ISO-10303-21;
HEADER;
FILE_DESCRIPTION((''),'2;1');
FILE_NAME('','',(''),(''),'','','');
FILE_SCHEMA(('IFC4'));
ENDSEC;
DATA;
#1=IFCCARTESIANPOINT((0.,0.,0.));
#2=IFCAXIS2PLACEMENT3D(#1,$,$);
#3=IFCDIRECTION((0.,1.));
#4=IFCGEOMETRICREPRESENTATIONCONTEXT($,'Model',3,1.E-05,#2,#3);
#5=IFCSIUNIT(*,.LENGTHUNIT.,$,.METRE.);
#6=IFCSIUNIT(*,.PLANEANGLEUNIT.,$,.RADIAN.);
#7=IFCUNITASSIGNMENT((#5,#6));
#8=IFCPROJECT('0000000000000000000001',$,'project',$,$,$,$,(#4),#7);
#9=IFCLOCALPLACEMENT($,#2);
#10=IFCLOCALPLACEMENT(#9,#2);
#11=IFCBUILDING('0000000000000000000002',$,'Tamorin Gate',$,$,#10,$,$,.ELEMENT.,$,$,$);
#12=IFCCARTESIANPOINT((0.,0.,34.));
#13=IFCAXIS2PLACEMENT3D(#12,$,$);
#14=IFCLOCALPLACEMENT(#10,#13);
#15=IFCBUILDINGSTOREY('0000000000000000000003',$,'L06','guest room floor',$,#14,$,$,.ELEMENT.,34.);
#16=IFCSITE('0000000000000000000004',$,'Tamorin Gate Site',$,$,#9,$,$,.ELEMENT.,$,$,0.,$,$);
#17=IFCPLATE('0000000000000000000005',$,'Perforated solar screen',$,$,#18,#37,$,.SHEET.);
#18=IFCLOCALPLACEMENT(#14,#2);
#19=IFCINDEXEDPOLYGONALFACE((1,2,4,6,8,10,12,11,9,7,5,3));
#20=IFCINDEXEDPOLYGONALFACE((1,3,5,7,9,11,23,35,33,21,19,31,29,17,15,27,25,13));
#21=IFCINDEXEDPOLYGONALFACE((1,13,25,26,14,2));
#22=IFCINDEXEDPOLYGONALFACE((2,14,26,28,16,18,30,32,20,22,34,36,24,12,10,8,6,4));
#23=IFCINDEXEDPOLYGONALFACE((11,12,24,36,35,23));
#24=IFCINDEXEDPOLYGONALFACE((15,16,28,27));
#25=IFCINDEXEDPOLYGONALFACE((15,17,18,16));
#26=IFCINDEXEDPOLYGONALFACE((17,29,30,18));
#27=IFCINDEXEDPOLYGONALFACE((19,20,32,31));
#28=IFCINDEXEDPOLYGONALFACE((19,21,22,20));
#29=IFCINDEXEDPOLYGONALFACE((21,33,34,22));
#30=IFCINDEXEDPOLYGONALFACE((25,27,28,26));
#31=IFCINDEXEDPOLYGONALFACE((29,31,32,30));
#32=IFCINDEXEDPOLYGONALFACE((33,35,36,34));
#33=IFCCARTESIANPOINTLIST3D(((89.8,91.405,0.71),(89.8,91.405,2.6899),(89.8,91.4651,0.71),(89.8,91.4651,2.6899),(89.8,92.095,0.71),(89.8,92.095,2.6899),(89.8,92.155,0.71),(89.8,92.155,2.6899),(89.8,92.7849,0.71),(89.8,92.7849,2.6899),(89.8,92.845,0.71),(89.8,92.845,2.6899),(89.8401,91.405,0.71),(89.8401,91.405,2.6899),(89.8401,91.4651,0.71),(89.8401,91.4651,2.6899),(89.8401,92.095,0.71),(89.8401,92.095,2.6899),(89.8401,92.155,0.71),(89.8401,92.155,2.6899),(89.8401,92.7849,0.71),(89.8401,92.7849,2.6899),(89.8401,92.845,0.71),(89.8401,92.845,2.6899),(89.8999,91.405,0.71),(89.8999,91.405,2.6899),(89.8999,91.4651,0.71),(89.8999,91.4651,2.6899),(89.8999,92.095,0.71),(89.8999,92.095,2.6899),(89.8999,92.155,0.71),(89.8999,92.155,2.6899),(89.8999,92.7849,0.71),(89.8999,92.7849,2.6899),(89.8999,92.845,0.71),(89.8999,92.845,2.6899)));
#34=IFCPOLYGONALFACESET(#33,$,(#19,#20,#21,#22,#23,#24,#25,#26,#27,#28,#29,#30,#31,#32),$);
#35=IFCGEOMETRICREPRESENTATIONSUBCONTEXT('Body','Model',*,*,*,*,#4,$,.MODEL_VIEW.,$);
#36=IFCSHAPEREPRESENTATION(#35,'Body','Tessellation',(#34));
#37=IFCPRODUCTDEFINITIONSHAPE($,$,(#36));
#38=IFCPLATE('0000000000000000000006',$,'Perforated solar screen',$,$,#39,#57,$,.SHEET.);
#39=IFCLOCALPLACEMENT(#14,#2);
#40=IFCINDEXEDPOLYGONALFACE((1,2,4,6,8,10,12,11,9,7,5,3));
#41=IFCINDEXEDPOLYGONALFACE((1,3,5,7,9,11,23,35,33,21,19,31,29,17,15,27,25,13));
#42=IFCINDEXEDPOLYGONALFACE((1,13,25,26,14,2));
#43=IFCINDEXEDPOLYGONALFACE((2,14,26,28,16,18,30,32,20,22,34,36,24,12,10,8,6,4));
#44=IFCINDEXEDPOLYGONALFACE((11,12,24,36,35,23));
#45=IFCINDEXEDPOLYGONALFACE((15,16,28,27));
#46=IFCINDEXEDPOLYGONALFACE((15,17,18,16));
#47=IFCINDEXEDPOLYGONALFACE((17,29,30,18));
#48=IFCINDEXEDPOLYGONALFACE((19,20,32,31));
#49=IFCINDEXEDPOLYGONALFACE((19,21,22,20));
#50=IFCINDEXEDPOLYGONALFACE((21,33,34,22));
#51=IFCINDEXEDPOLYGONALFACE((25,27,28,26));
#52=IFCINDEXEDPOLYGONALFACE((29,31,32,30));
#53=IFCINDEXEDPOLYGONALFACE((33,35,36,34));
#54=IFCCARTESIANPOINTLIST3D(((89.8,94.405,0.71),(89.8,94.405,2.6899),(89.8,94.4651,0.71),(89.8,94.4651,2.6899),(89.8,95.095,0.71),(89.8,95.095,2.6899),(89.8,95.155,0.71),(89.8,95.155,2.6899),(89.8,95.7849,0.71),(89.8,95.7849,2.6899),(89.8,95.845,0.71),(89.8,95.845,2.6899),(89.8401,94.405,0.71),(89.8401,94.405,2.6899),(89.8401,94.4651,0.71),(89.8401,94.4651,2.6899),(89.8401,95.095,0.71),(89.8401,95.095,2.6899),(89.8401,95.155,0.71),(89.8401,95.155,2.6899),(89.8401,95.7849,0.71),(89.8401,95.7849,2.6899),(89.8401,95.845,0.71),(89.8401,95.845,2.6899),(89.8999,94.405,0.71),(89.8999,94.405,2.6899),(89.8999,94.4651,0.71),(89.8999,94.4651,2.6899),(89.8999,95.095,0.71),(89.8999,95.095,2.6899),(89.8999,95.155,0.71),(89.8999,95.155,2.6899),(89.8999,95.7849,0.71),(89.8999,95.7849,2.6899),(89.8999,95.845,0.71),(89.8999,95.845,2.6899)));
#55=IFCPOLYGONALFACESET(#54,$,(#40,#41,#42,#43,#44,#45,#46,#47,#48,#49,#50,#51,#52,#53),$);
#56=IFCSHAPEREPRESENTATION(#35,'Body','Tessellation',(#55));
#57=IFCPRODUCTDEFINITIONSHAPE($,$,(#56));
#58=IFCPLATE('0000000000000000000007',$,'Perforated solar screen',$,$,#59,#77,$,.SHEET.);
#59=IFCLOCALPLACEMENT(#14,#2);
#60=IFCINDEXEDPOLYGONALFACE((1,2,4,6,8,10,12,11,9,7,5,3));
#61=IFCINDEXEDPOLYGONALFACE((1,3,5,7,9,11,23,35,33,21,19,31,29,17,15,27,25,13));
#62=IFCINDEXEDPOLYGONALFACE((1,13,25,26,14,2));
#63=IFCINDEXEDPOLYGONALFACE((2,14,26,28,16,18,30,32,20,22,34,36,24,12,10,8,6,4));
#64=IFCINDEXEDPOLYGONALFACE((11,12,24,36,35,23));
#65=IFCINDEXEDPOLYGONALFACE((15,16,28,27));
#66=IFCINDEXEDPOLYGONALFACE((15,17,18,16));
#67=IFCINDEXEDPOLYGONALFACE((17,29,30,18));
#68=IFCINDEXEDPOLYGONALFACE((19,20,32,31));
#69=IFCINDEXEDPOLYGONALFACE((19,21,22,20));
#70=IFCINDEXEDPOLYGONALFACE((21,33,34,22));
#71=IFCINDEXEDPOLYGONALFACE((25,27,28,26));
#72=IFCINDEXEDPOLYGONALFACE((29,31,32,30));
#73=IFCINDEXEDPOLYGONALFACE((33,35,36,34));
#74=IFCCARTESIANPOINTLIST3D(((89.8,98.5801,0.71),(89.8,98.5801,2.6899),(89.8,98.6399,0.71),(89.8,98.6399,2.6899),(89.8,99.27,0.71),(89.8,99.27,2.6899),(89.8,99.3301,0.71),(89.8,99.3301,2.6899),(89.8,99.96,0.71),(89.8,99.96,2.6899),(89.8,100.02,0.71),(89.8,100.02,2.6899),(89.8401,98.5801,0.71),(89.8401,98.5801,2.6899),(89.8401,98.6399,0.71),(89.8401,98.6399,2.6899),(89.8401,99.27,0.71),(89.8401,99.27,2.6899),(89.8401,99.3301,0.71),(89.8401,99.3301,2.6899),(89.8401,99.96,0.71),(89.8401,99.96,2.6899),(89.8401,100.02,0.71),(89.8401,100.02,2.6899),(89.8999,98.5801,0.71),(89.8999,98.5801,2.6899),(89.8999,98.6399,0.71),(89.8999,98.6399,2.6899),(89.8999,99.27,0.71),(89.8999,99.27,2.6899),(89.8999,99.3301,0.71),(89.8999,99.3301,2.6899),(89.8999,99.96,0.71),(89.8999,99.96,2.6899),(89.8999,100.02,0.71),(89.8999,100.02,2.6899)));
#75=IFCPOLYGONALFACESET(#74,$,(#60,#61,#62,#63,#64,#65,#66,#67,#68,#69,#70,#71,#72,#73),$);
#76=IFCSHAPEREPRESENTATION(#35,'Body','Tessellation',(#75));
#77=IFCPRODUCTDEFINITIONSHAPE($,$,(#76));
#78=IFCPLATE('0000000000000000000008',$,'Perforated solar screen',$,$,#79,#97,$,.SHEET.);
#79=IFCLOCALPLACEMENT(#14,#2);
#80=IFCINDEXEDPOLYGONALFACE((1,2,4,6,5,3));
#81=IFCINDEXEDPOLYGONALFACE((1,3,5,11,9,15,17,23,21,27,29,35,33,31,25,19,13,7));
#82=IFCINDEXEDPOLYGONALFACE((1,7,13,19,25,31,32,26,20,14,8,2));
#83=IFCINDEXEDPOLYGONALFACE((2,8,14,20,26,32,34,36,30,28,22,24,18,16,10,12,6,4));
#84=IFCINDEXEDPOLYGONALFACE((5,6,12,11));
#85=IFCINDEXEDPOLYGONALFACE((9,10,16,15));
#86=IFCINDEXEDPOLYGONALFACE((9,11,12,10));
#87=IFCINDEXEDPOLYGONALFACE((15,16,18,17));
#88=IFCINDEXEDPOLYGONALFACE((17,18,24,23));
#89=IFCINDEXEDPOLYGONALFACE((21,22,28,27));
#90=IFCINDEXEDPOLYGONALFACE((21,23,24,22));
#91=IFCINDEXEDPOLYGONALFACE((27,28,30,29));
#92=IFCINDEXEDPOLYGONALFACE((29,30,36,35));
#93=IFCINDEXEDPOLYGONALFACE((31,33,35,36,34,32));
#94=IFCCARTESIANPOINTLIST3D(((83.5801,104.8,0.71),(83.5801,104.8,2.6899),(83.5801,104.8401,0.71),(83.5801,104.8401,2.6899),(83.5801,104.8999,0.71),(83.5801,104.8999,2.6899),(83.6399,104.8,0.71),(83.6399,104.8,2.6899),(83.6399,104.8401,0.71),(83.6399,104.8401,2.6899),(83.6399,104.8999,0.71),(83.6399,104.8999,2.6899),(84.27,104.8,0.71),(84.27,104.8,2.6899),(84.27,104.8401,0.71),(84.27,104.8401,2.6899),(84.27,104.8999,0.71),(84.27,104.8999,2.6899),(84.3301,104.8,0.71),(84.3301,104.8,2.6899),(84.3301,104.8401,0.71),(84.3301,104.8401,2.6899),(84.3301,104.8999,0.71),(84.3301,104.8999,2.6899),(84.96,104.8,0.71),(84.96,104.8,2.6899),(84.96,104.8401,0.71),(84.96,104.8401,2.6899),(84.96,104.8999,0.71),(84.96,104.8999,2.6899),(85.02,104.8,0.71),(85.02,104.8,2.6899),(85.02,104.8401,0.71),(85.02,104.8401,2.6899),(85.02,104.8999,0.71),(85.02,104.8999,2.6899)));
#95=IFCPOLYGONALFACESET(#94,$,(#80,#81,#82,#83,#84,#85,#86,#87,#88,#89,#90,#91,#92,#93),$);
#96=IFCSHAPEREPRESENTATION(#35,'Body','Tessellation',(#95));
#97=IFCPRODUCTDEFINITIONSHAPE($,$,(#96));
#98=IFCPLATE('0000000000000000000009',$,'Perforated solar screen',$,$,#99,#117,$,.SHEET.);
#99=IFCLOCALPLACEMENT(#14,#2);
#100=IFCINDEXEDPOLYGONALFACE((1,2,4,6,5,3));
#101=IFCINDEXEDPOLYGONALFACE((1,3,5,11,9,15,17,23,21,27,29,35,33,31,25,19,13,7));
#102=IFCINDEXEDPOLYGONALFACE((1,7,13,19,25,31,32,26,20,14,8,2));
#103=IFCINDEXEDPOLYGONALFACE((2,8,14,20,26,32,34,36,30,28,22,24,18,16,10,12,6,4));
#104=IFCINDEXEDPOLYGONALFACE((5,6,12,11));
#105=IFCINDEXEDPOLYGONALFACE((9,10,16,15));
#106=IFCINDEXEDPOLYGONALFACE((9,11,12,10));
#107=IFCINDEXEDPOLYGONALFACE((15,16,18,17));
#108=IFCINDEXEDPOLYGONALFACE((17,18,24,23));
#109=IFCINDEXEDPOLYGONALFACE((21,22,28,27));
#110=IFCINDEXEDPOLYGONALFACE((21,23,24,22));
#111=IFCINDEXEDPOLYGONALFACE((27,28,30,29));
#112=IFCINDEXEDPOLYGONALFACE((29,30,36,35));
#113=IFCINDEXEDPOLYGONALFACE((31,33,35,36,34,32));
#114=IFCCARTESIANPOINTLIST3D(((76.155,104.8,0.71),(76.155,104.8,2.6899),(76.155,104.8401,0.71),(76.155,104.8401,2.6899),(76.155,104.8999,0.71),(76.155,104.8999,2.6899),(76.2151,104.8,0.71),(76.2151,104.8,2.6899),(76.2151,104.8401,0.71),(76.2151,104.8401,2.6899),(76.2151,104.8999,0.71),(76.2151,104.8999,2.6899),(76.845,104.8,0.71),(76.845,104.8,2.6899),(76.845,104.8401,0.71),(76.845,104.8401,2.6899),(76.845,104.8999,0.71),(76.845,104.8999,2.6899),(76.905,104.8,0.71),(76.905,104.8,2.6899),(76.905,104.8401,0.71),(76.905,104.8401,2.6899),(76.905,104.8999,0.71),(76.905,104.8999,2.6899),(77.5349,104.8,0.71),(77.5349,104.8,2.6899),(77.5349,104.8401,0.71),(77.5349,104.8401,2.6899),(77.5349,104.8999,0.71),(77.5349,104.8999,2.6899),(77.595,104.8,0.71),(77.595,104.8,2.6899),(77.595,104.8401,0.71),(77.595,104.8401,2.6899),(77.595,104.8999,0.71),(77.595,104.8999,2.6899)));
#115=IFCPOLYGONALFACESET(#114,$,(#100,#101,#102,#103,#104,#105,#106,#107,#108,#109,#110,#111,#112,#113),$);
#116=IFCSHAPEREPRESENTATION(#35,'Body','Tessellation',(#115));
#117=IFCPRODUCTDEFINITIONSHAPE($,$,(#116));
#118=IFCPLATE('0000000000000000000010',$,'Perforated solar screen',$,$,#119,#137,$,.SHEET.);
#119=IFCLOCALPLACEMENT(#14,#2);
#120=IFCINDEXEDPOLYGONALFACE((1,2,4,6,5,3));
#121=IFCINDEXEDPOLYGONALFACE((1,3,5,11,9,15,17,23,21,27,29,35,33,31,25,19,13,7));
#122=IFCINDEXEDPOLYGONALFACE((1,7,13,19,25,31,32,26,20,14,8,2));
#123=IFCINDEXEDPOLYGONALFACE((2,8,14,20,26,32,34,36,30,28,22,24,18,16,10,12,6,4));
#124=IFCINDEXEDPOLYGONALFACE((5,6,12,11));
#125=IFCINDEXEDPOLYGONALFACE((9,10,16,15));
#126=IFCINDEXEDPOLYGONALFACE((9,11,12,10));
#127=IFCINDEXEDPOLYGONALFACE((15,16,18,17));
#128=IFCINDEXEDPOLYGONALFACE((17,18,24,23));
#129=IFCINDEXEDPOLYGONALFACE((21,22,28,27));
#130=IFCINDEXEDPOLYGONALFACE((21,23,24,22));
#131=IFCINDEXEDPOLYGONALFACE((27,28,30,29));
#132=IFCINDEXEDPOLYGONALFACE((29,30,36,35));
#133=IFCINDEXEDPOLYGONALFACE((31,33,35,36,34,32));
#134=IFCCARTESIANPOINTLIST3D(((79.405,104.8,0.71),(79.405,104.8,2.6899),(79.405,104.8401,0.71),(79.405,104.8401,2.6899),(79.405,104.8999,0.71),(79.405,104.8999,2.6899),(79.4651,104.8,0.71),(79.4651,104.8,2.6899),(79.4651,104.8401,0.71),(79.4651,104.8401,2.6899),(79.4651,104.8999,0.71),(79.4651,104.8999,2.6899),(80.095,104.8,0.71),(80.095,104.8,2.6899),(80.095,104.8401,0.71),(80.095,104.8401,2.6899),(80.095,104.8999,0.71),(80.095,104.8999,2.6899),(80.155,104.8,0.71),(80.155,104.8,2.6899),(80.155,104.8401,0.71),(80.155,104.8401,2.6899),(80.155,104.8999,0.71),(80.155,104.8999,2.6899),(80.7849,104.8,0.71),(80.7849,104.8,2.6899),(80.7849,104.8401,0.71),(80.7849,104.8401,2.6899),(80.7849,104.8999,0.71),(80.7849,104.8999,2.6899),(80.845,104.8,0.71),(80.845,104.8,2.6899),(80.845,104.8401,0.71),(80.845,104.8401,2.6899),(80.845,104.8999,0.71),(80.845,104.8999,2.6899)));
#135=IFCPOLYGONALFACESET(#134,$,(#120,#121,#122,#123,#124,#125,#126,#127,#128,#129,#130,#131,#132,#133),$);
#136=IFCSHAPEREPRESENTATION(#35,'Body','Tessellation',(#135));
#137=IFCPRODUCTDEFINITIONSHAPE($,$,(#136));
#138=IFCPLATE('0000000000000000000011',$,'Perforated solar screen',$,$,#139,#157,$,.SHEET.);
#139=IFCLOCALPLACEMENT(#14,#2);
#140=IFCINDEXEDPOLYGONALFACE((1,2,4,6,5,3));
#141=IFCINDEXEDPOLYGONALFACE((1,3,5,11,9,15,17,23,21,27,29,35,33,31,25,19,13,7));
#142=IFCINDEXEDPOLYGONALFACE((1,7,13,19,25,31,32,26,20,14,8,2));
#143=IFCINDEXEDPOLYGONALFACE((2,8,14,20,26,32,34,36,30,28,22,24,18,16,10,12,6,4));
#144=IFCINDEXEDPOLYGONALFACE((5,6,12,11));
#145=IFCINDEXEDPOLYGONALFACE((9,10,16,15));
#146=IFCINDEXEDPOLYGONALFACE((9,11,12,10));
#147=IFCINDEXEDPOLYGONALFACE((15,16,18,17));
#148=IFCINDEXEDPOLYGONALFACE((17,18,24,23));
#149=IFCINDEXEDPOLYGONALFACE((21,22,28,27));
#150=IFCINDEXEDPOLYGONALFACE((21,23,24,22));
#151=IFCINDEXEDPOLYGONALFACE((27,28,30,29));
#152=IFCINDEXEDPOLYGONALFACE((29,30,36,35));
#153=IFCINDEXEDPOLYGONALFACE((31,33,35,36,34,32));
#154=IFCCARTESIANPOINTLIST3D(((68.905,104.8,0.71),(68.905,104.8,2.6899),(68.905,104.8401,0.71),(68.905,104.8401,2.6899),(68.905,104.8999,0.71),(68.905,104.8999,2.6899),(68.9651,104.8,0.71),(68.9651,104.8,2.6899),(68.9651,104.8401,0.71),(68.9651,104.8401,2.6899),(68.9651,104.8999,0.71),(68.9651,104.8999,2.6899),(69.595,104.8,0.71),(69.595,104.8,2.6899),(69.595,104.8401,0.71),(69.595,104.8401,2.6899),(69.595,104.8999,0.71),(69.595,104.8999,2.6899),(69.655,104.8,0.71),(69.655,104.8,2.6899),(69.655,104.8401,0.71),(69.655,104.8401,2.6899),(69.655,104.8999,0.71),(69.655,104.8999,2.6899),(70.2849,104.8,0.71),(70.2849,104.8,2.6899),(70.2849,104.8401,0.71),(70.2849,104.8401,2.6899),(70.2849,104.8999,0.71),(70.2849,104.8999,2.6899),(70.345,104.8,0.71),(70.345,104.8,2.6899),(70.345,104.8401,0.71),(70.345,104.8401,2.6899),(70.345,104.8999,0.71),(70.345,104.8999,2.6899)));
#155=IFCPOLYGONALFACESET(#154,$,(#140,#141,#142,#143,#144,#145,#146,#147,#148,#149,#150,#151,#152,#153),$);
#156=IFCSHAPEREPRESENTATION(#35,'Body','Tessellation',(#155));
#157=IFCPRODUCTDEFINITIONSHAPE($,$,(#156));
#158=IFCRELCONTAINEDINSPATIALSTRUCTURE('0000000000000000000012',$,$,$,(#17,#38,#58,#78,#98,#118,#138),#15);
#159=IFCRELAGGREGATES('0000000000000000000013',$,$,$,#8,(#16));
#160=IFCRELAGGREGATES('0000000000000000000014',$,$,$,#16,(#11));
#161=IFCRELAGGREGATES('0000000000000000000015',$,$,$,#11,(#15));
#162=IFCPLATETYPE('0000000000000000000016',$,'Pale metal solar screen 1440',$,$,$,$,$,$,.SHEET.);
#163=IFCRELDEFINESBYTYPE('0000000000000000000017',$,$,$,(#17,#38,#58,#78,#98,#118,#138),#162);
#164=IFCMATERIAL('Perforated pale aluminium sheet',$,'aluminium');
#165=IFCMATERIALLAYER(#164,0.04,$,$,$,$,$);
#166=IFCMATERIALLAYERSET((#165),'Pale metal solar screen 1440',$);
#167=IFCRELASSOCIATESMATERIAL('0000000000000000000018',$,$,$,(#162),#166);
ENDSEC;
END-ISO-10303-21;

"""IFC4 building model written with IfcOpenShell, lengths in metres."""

from ifc_helpers import new_model, si_unit, direction, frame, origin, place, context, subcontext, project, spatial, polyline, outline, extrude, material, layer, layer_set, type_object, element, save


model = new_model("IFC4")

# Units and contexts
model_context = context("Model", 3, precision=1e-05, world=origin(), true_north=direction((0.0, 1.0)))
body_context = subcontext(model_context, "Body", "Model", "MODEL_VIEW")
ifc_project = project(units=[si_unit("LENGTHUNIT", "METRE"), si_unit("PLANEANGLEUNIT", "RADIAN")], contexts=[model_context])

# Site, building, storey
site_placement = place(None, origin())
site = spatial("IfcSite", under=ifc_project, at=site_placement, Name="Tamorin Gate Site", CompositionType="ELEMENT", RefElevation=0.0)
building_placement = place(site_placement, origin())
building = spatial("IfcBuilding", under=site, at=building_placement, Name="Tamorin Gate", CompositionType="ELEMENT")
storey_placement = place(building_placement, frame((0.0, 0.0, 34.0)))
storey = spatial("IfcBuildingStorey", under=building, at=storey_placement, Name="L06", Description="guest room floor", CompositionType="ELEMENT", Elevation=34.0)

# Plates
ifc_material = material(Name="Perforated pale aluminium sheet", Category="aluminium")
ifc_layer = layer(ifc_material, 0.04)
ifc_layer_set = layer_set([ifc_layer], Name="Pale metal solar screen 1440")
plate_type = type_object("IfcPlateType", Name="Pale metal solar screen 1440", PredefinedType="SHEET", material=ifc_layer_set)
plate_1_placement = place(storey_placement, frame((0.0, 0.0, 0.71)))
element("IfcPlate", 1, at=plate_1_placement, inside=storey, type_object=plate_type, Name="Perforated solar screen", PredefinedType="SHEET", context=body_context, shape_type="SweptSolid", body=[
    extrude(outline(polyline([(89.8401, 91.405), (89.8, 91.405), (89.8, 91.4651), (89.8, 92.095), (89.8, 92.155), (89.8, 92.7849), (89.8, 92.845), (89.8401, 92.845), (89.8999, 92.845), (89.8999, 92.7849), (89.8401, 92.7849), (89.8401, 92.155), (89.8999, 92.155), (89.8999, 92.095), (89.8401, 92.095), (89.8401, 91.4651), (89.8999, 91.4651), (89.8999, 91.405), (89.8401, 91.405)])), origin(), (0.0, 0.0, 1.0), 1.98),
])
plate_2_placement = place(storey_placement, frame((0.0, 0.0, 0.71)))
element("IfcPlate", 2, at=plate_2_placement, inside=storey, type_object=plate_type, Name="Perforated solar screen", PredefinedType="SHEET", context=body_context, shape_type="SweptSolid", body=[
    extrude(outline(polyline([(89.8401, 94.405), (89.8, 94.405), (89.8, 94.4651), (89.8, 95.095), (89.8, 95.155), (89.8, 95.7849), (89.8, 95.845), (89.8401, 95.845), (89.8999, 95.845), (89.8999, 95.7849), (89.8401, 95.7849), (89.8401, 95.155), (89.8999, 95.155), (89.8999, 95.095), (89.8401, 95.095), (89.8401, 94.4651), (89.8999, 94.4651), (89.8999, 94.405), (89.8401, 94.405)])), origin(), (0.0, 0.0, 1.0), 1.98),
])
plate_3_placement = place(storey_placement, frame((0.0, 0.0, 0.71)))
element("IfcPlate", 3, at=plate_3_placement, inside=storey, type_object=plate_type, Name="Perforated solar screen", PredefinedType="SHEET", context=body_context, shape_type="SweptSolid", body=[
    extrude(outline(polyline([(89.8401, 98.5801), (89.8, 98.5801), (89.8, 98.6399), (89.8, 99.27), (89.8, 99.3301), (89.8, 99.96), (89.8, 100.02), (89.8401, 100.02), (89.8999, 100.02), (89.8999, 99.96), (89.8401, 99.96), (89.8401, 99.3301), (89.8999, 99.3301), (89.8999, 99.27), (89.8401, 99.27), (89.8401, 98.6399), (89.8999, 98.6399), (89.8999, 98.5801), (89.8401, 98.5801)])), origin(), (0.0, 0.0, 1.0), 1.98),
])
plate_4_placement = place(storey_placement, frame((0.0, 0.0, 0.71)))
element("IfcPlate", 4, at=plate_4_placement, inside=storey, type_object=plate_type, Name="Perforated solar screen", PredefinedType="SHEET", context=body_context, shape_type="SweptSolid", body=[
    extrude(outline(polyline([(85.02, 104.8401), (85.02, 104.8), (84.96, 104.8), (84.3301, 104.8), (84.27, 104.8), (83.6399, 104.8), (83.5801, 104.8), (83.5801, 104.8401), (83.5801, 104.8999), (83.6399, 104.8999), (83.6399, 104.8401), (84.27, 104.8401), (84.27, 104.8999), (84.3301, 104.8999), (84.3301, 104.8401), (84.96, 104.8401), (84.96, 104.8999), (85.02, 104.8999), (85.02, 104.8401)])), origin(), (0.0, 0.0, 1.0), 1.98),
])
plate_5_placement = place(storey_placement, frame((0.0, 0.0, 0.71)))
element("IfcPlate", 5, at=plate_5_placement, inside=storey, type_object=plate_type, Name="Perforated solar screen", PredefinedType="SHEET", context=body_context, shape_type="SweptSolid", body=[
    extrude(outline(polyline([(77.595, 104.8401), (77.595, 104.8), (77.5349, 104.8), (76.905, 104.8), (76.845, 104.8), (76.2151, 104.8), (76.155, 104.8), (76.155, 104.8401), (76.155, 104.8999), (76.2151, 104.8999), (76.2151, 104.8401), (76.845, 104.8401), (76.845, 104.8999), (76.905, 104.8999), (76.905, 104.8401), (77.5349, 104.8401), (77.5349, 104.8999), (77.595, 104.8999), (77.595, 104.8401)])), origin(), (0.0, 0.0, 1.0), 1.98),
])
plate_6_placement = place(storey_placement, frame((0.0, 0.0, 0.71)))
element("IfcPlate", 6, at=plate_6_placement, inside=storey, type_object=plate_type, Name="Perforated solar screen", PredefinedType="SHEET", context=body_context, shape_type="SweptSolid", body=[
    extrude(outline(polyline([(80.845, 104.8401), (80.845, 104.8), (80.7849, 104.8), (80.155, 104.8), (80.095, 104.8), (79.4651, 104.8), (79.405, 104.8), (79.405, 104.8), (79.405, 104.8401), (79.405, 104.8401), (79.405, 104.8999), (79.4651, 104.8999), (79.4651, 104.8401), (80.095, 104.8401), (80.095, 104.8999), (80.155, 104.8999), (80.155, 104.8401), (80.7849, 104.8401), (80.7849, 104.8999), (80.845, 104.8999), (80.845, 104.8401)])), origin(), (0.0, 0.0, 1.0), 1.98),
])
plate_7_placement = place(storey_placement, frame((0.0, 0.0, 0.71)))
element("IfcPlate", 7, at=plate_7_placement, inside=storey, type_object=plate_type, Name="Perforated solar screen", PredefinedType="SHEET", context=body_context, shape_type="SweptSolid", body=[
    extrude(outline(polyline([(70.345, 104.8401), (70.345, 104.8), (70.2849, 104.8), (69.655, 104.8), (69.595, 104.8), (68.9651, 104.8), (68.905, 104.8), (68.905, 104.8401), (68.905, 104.8999), (68.9651, 104.8999), (68.9651, 104.8401), (69.595, 104.8401), (69.595, 104.8999), (69.655, 104.8999), (69.655, 104.8401), (70.2849, 104.8401), (70.2849, 104.8999), (70.345, 104.8999), (70.345, 104.8401)])), origin(), (0.0, 0.0, 1.0), 1.98),
])

save(model, "model.ifc")
